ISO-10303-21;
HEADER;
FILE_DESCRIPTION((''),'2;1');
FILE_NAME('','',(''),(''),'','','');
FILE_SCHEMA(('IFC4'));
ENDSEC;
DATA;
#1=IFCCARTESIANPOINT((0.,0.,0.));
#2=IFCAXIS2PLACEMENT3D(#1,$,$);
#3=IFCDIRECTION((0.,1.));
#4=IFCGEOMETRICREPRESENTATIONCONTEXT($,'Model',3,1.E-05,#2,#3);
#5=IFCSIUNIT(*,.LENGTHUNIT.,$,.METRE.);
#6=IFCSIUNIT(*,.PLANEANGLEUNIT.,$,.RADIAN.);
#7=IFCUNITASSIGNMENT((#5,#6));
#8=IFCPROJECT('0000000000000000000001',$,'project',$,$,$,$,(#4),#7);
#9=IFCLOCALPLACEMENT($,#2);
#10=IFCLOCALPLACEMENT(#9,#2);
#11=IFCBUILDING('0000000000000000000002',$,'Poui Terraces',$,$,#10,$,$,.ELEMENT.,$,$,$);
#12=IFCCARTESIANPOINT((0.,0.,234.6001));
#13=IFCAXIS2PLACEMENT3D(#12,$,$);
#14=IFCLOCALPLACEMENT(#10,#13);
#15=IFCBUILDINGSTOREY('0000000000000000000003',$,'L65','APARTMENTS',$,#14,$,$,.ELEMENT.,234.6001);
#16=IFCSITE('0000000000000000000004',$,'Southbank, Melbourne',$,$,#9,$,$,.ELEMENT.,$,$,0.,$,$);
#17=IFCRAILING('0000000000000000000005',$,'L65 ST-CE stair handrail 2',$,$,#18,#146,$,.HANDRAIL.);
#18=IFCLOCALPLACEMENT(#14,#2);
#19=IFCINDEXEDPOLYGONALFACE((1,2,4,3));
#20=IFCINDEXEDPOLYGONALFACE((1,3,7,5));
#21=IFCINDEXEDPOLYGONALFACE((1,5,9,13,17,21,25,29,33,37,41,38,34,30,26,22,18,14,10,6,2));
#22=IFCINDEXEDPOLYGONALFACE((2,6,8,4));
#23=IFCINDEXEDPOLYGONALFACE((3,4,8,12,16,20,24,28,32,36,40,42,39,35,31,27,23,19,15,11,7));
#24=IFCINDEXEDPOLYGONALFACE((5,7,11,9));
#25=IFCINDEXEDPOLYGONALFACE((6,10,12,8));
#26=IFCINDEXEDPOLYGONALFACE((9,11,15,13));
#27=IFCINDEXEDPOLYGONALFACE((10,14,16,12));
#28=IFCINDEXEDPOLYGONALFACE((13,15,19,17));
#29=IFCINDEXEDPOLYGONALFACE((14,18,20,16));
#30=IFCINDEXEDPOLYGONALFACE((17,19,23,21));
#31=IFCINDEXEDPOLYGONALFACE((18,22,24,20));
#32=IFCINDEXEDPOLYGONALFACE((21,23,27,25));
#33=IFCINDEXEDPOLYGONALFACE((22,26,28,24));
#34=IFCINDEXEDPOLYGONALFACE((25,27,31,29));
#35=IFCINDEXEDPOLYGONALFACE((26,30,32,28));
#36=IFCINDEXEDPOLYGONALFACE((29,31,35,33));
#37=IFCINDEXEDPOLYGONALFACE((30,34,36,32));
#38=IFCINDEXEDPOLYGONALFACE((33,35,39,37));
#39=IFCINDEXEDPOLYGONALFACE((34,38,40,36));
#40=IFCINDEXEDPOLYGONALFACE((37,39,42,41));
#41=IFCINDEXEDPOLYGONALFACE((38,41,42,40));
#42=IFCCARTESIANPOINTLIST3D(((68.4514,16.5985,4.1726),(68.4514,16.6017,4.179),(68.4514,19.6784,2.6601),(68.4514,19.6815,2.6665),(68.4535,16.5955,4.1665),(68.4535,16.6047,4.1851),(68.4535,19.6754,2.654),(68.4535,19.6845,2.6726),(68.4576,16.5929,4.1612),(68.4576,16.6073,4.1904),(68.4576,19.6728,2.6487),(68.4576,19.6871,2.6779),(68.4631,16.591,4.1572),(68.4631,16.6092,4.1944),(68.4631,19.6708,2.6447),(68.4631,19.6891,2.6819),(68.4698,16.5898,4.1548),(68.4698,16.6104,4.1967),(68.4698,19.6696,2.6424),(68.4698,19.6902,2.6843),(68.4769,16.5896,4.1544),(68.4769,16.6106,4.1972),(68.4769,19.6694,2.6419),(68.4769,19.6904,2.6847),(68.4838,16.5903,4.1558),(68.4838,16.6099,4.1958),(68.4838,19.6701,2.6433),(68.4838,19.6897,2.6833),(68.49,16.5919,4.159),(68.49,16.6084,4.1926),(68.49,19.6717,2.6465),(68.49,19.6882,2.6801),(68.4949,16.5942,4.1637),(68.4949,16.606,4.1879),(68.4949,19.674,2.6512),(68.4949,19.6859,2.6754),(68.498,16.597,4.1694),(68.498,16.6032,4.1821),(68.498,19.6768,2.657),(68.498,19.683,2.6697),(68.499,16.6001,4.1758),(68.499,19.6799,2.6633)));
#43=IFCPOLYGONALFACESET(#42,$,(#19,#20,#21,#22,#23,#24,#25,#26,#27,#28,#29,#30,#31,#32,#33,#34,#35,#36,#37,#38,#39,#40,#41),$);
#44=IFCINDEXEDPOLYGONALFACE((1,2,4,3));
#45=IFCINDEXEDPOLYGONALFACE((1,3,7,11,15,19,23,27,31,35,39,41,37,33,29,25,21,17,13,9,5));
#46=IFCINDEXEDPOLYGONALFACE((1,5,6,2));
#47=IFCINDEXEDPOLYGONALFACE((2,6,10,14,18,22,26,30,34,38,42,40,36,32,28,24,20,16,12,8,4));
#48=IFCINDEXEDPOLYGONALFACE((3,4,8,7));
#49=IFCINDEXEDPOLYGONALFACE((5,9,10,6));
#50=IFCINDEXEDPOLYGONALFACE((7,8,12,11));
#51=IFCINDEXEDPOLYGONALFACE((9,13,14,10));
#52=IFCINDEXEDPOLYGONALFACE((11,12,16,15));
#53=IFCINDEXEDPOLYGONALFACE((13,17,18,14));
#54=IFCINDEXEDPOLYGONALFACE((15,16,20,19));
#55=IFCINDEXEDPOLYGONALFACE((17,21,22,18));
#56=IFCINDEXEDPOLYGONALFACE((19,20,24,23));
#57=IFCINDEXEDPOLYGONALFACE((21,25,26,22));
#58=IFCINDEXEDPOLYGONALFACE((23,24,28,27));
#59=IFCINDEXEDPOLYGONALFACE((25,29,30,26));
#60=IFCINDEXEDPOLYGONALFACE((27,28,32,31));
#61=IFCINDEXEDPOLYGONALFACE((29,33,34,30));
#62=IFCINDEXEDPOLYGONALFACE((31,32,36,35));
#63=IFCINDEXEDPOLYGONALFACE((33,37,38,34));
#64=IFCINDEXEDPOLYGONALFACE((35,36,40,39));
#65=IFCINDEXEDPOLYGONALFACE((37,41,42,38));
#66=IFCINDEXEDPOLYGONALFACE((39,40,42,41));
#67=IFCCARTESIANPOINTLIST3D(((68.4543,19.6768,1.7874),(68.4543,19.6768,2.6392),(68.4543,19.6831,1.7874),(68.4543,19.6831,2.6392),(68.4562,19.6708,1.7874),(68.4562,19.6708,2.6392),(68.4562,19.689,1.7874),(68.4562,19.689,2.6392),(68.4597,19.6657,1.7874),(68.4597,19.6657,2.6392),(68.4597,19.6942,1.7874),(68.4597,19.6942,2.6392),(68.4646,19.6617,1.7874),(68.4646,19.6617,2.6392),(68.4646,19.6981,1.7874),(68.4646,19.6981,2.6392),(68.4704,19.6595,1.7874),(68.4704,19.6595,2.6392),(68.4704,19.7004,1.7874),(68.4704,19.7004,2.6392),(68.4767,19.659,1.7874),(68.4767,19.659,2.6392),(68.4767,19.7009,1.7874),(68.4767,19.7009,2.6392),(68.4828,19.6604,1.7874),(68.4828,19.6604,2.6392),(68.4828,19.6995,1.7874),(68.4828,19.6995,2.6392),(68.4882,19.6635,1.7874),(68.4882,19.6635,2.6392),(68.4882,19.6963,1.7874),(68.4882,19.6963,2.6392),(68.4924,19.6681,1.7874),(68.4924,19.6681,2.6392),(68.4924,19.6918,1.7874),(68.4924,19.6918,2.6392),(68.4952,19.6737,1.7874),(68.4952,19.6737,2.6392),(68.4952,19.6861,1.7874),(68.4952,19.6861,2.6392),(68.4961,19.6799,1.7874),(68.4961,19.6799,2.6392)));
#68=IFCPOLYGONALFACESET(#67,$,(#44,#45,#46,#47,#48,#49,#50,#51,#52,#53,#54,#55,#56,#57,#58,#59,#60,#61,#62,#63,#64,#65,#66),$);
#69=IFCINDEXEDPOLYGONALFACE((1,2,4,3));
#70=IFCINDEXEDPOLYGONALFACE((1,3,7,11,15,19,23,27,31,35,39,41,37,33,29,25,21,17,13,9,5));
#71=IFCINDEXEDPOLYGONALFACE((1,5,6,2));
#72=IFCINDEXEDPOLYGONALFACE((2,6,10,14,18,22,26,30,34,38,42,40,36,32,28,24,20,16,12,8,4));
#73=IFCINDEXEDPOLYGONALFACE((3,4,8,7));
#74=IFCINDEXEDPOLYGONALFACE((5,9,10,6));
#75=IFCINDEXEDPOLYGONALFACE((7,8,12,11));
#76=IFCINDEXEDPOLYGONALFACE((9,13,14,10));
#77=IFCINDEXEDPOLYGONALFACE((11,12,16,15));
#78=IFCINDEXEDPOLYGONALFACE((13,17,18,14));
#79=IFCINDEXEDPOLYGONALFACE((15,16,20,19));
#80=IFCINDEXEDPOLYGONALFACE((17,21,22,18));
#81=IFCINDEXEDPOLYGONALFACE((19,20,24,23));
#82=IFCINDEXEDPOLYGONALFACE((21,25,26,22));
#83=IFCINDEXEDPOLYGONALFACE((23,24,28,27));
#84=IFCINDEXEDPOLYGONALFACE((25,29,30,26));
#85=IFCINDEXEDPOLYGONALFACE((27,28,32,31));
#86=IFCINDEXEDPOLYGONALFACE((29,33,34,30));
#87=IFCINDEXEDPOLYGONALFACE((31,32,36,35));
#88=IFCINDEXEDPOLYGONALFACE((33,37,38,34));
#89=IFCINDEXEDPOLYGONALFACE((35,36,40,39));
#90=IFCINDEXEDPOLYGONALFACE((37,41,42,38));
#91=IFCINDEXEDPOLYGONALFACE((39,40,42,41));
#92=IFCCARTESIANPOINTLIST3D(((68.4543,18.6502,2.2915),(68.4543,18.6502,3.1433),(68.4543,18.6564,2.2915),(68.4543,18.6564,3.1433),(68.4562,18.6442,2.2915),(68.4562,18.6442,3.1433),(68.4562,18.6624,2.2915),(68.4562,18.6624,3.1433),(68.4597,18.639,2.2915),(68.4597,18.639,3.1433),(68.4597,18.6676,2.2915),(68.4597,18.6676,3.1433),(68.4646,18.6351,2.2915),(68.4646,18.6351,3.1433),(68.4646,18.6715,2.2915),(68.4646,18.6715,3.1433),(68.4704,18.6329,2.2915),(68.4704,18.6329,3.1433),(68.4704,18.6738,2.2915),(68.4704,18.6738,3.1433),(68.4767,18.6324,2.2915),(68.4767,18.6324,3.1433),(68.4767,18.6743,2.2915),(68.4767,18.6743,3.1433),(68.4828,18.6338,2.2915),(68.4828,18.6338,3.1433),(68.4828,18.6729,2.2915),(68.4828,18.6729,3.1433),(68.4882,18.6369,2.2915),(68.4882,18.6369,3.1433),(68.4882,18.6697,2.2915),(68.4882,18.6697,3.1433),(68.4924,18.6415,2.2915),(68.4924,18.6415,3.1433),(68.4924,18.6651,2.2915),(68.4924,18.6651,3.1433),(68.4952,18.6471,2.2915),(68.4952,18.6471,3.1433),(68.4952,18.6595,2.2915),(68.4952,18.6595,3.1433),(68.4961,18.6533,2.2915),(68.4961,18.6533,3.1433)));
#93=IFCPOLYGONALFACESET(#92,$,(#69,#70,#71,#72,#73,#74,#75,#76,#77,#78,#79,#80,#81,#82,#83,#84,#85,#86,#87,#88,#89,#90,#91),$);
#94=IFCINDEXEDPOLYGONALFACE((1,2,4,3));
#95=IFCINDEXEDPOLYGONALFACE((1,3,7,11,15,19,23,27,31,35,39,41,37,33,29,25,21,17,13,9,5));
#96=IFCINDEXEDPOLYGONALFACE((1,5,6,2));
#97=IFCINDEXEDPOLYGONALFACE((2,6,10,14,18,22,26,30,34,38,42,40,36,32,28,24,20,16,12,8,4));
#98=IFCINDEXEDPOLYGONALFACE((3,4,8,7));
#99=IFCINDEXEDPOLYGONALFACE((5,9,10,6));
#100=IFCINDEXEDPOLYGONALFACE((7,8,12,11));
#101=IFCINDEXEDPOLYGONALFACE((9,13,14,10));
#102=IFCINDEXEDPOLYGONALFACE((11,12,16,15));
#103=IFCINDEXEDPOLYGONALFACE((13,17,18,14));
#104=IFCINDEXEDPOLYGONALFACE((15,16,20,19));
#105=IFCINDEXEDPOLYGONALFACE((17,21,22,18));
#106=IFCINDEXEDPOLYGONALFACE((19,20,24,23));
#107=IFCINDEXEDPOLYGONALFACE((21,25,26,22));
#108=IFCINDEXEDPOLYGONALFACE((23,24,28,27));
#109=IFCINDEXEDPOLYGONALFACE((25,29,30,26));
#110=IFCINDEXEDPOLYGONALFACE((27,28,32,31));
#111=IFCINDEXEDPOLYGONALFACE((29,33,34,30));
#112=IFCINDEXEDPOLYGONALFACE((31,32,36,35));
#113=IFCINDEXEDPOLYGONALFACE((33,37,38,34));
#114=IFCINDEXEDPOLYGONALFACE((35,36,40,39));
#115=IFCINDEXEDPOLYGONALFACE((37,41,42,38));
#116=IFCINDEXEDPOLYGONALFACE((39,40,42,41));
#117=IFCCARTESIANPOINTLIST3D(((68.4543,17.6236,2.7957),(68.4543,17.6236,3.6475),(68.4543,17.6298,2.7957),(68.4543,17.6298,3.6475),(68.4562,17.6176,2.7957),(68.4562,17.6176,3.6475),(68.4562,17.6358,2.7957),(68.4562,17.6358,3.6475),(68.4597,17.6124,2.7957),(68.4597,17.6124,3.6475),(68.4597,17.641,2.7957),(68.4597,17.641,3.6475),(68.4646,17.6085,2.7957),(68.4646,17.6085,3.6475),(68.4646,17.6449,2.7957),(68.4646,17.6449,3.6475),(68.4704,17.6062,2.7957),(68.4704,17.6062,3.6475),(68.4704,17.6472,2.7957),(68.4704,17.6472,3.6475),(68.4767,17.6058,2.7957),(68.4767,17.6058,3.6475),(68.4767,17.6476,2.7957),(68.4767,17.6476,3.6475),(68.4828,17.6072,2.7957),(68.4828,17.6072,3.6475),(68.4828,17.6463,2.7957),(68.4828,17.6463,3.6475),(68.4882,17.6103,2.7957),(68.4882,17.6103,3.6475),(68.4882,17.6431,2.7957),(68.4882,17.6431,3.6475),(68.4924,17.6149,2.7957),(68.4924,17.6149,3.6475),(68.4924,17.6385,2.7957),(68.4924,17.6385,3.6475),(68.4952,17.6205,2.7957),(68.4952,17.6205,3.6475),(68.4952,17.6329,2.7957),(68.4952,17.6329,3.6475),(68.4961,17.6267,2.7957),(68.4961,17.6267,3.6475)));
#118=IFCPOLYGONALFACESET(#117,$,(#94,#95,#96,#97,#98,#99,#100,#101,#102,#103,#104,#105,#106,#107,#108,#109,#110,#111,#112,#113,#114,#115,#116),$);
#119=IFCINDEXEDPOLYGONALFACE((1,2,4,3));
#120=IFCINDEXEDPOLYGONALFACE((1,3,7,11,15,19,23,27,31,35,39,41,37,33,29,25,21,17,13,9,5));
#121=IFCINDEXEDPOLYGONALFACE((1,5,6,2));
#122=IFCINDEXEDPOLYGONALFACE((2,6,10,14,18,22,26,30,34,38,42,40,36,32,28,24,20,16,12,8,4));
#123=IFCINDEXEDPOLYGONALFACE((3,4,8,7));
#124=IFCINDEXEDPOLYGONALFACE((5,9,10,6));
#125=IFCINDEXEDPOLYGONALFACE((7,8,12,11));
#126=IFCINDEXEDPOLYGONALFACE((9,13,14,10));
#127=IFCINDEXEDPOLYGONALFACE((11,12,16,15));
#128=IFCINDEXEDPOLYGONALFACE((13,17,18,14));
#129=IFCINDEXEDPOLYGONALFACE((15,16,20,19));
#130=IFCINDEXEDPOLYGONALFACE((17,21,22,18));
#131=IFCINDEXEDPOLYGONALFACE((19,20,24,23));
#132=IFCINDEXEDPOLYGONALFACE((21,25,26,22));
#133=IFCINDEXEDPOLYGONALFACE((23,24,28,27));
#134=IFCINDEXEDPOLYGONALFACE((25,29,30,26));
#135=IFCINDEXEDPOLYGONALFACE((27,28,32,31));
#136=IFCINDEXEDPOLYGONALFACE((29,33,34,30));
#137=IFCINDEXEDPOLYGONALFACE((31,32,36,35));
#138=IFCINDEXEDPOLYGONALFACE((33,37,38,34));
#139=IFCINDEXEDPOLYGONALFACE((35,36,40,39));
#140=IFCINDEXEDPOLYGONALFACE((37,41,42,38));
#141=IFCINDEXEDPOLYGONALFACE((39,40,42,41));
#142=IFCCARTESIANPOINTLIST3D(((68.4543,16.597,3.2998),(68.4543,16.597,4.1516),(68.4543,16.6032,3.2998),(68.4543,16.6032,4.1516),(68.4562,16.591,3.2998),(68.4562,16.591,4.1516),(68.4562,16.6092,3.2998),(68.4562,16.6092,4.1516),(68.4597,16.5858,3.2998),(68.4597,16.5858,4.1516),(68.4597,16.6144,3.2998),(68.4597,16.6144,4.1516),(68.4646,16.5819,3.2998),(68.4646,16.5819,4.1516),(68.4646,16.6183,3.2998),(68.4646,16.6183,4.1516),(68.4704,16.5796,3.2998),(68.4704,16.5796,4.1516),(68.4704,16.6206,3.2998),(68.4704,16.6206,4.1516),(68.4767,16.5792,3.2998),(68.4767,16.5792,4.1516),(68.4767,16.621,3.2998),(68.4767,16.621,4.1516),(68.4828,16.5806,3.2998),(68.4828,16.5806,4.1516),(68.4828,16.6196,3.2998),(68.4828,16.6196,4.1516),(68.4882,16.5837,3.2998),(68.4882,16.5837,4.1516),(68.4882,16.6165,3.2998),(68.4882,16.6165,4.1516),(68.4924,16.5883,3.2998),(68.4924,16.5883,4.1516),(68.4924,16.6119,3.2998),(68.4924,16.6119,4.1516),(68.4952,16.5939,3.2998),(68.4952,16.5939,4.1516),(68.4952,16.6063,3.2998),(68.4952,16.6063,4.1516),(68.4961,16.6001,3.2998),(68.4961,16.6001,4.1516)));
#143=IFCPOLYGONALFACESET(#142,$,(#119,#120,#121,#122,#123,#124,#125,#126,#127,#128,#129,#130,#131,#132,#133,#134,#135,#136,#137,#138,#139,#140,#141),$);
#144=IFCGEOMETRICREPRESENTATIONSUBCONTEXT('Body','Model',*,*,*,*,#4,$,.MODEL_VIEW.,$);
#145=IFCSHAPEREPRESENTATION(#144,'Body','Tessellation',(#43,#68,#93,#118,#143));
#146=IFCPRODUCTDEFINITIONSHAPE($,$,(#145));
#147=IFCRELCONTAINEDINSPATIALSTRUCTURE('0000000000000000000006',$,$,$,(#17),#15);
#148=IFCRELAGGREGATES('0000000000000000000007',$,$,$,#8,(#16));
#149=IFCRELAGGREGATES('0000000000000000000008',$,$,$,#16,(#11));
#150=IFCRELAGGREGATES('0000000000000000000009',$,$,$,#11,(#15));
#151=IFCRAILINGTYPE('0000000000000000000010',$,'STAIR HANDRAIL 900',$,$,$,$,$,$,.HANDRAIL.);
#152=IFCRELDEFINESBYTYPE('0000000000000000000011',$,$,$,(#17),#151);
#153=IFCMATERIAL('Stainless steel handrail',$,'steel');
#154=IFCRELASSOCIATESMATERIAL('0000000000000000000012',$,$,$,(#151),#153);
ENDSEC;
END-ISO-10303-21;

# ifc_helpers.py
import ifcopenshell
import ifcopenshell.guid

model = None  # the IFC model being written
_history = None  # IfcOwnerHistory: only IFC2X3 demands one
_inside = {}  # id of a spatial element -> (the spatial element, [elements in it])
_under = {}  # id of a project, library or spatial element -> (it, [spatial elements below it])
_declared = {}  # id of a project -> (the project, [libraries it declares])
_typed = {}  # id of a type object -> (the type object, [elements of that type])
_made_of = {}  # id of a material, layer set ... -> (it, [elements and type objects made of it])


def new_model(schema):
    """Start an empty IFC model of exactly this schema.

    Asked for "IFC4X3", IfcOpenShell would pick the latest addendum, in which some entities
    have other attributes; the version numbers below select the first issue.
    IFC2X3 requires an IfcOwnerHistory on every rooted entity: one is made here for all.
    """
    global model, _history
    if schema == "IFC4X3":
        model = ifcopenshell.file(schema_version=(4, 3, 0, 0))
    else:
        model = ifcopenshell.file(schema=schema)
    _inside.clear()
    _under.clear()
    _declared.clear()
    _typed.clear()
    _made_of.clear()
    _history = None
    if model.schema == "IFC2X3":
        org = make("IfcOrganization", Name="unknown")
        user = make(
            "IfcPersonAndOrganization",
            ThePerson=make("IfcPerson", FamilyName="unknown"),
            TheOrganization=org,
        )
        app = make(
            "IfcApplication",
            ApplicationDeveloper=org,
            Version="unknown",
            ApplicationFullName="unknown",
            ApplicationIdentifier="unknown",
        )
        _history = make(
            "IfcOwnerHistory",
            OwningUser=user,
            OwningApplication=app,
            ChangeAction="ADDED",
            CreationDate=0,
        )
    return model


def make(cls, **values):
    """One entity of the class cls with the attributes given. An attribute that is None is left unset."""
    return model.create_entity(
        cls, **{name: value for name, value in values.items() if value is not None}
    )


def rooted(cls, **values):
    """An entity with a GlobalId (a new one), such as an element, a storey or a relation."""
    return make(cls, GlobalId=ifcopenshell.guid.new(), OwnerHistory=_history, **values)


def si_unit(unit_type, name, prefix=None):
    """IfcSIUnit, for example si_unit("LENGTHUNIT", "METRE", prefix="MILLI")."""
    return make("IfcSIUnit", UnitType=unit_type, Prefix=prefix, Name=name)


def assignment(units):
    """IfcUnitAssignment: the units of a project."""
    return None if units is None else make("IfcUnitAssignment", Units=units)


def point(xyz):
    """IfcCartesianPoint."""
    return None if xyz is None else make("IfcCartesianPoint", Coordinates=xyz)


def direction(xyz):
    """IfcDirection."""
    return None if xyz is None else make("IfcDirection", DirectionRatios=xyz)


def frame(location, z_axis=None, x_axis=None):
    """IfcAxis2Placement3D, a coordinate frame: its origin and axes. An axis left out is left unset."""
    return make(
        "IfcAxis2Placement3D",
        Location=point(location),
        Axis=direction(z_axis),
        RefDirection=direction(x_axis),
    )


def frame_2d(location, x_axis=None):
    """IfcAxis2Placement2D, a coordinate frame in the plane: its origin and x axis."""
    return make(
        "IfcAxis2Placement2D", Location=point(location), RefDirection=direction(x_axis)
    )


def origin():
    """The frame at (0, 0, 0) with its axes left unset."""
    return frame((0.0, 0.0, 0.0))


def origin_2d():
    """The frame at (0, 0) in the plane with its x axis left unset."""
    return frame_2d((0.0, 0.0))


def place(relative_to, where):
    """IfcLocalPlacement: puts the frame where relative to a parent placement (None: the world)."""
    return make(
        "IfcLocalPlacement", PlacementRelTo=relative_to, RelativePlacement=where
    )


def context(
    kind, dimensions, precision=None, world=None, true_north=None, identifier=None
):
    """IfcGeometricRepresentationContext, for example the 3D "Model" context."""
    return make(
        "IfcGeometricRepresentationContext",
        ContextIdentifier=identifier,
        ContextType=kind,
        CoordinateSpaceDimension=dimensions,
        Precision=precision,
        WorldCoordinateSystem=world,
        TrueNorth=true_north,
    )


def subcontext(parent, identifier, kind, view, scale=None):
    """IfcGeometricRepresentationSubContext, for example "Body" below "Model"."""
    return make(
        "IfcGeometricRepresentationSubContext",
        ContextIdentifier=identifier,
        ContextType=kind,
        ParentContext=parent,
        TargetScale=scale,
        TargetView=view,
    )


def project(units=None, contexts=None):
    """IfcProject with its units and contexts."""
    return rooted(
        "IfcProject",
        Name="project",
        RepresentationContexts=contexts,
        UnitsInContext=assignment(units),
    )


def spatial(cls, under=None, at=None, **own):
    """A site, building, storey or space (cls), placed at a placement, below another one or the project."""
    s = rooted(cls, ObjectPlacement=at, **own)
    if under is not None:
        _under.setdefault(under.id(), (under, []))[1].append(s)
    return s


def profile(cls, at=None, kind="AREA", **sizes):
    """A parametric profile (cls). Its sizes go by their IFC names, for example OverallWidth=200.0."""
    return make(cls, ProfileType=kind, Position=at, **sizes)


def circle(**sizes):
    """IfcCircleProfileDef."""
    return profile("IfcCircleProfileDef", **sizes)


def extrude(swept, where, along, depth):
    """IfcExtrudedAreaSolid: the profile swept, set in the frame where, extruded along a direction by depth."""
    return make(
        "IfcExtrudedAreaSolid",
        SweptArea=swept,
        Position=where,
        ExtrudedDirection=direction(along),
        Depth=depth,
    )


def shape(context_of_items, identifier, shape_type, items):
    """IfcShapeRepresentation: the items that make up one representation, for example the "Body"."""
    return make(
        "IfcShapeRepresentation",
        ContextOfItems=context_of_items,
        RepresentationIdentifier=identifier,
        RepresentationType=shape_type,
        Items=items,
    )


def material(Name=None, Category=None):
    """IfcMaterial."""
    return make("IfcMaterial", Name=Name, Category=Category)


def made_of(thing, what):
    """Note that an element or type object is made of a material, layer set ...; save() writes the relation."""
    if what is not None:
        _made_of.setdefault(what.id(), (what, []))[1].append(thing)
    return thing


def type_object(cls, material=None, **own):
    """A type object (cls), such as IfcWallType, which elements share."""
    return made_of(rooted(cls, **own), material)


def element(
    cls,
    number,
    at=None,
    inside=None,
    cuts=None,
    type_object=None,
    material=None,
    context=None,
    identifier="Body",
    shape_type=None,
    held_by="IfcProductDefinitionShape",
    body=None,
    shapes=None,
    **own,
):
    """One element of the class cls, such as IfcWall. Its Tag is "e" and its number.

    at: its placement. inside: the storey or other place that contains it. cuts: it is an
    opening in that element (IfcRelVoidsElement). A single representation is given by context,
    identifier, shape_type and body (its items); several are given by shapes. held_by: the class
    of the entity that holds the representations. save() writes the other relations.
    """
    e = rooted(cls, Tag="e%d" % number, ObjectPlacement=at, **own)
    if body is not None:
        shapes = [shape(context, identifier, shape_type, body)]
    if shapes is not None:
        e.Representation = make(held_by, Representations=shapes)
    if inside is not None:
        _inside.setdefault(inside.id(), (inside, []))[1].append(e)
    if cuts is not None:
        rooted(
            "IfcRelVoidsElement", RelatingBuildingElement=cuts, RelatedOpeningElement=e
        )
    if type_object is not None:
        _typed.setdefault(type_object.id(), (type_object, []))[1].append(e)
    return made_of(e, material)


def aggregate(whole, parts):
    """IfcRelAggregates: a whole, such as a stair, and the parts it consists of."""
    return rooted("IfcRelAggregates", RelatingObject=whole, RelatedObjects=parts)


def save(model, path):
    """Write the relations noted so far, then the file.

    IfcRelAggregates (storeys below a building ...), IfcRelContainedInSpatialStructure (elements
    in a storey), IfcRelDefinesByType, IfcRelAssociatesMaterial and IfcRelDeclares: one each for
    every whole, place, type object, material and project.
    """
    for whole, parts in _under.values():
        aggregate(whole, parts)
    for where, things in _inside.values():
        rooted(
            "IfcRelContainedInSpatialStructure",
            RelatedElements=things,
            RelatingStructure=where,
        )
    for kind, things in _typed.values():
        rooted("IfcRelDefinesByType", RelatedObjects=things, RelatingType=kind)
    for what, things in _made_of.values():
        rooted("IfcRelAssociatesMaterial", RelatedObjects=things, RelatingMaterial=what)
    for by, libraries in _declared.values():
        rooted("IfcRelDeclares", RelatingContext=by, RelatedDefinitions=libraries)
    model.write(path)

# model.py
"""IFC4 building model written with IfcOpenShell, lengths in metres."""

from ifc_helpers import new_model, si_unit, direction, frame, origin, origin_2d, place, context, subcontext, project, spatial, circle, extrude, material, type_object, element, save


model = new_model("IFC4")

# Units and contexts
model_context = context("Model", 3, precision=1e-05, world=origin(), true_north=direction((0.0, 1.0)))
body_context = subcontext(model_context, "Body", "Model", "MODEL_VIEW")
ifc_project = project(units=[si_unit("LENGTHUNIT", "METRE"), si_unit("PLANEANGLEUNIT", "RADIAN")], contexts=[model_context])

# Site, building, storey
site_placement = place(None, origin())
site = spatial("IfcSite", under=ifc_project, at=site_placement, Name="Southbank, Melbourne", CompositionType="ELEMENT", RefElevation=0.0)
building_placement = place(site_placement, origin())
building = spatial("IfcBuilding", under=site, at=building_placement, Name="Poui Terraces", CompositionType="ELEMENT")
storey_placement = place(building_placement, frame((0.0, 0.0, 234.6001)))
storey = spatial("IfcBuildingStorey", under=building, at=storey_placement, Name="L65", Description="APARTMENTS", CompositionType="ELEMENT", Elevation=234.6001)

# Railing
ifc_material_1 = material(Name="Stainless steel handrail", Category="steel")
railing_type_1 = type_object("IfcRailingType", Name="STAIR HANDRAIL 900", PredefinedType="HANDRAIL", material=ifc_material_1)
railing_1_placement = place(storey_placement, frame((68.4751, 19.6799, 1.7874)))
element("IfcRailing", 1, at=railing_1_placement, inside=storey, type_object=railing_type_1, Name="L65 ST-CE stair handrail 2", PredefinedType="HANDRAIL", context=body_context, shape_type="SweptSolid", body=[
    extrude(circle(Radius=0.0239, at=origin_2d()), frame((0.0, 0.0, 0.876), z_axis=(0.0, -0.897606, 0.440798), x_axis=(1.0, 0.0, 0.0)), (0.0, 0.0, 1.0), 3.4312),
    extrude(circle(Radius=0.021, at=origin_2d()), origin(), (0.0, 0.0, 1.0), 0.8518),
    extrude(circle(Radius=0.021, at=origin_2d()), frame((0.0, -1.0266, 0.5042)), (0.0, 0.0, 1.0), 0.8518),
    extrude(circle(Radius=0.021, at=origin_2d()), frame((0.0, -2.0532, 1.0083)), (0.0, 0.0, 1.0), 0.8518),
    extrude(circle(Radius=0.021, at=origin_2d()), frame((0.0, -3.0798, 1.5125)), (0.0, 0.0, 1.0), 0.8518),
])

save(model, "model.ifc")
